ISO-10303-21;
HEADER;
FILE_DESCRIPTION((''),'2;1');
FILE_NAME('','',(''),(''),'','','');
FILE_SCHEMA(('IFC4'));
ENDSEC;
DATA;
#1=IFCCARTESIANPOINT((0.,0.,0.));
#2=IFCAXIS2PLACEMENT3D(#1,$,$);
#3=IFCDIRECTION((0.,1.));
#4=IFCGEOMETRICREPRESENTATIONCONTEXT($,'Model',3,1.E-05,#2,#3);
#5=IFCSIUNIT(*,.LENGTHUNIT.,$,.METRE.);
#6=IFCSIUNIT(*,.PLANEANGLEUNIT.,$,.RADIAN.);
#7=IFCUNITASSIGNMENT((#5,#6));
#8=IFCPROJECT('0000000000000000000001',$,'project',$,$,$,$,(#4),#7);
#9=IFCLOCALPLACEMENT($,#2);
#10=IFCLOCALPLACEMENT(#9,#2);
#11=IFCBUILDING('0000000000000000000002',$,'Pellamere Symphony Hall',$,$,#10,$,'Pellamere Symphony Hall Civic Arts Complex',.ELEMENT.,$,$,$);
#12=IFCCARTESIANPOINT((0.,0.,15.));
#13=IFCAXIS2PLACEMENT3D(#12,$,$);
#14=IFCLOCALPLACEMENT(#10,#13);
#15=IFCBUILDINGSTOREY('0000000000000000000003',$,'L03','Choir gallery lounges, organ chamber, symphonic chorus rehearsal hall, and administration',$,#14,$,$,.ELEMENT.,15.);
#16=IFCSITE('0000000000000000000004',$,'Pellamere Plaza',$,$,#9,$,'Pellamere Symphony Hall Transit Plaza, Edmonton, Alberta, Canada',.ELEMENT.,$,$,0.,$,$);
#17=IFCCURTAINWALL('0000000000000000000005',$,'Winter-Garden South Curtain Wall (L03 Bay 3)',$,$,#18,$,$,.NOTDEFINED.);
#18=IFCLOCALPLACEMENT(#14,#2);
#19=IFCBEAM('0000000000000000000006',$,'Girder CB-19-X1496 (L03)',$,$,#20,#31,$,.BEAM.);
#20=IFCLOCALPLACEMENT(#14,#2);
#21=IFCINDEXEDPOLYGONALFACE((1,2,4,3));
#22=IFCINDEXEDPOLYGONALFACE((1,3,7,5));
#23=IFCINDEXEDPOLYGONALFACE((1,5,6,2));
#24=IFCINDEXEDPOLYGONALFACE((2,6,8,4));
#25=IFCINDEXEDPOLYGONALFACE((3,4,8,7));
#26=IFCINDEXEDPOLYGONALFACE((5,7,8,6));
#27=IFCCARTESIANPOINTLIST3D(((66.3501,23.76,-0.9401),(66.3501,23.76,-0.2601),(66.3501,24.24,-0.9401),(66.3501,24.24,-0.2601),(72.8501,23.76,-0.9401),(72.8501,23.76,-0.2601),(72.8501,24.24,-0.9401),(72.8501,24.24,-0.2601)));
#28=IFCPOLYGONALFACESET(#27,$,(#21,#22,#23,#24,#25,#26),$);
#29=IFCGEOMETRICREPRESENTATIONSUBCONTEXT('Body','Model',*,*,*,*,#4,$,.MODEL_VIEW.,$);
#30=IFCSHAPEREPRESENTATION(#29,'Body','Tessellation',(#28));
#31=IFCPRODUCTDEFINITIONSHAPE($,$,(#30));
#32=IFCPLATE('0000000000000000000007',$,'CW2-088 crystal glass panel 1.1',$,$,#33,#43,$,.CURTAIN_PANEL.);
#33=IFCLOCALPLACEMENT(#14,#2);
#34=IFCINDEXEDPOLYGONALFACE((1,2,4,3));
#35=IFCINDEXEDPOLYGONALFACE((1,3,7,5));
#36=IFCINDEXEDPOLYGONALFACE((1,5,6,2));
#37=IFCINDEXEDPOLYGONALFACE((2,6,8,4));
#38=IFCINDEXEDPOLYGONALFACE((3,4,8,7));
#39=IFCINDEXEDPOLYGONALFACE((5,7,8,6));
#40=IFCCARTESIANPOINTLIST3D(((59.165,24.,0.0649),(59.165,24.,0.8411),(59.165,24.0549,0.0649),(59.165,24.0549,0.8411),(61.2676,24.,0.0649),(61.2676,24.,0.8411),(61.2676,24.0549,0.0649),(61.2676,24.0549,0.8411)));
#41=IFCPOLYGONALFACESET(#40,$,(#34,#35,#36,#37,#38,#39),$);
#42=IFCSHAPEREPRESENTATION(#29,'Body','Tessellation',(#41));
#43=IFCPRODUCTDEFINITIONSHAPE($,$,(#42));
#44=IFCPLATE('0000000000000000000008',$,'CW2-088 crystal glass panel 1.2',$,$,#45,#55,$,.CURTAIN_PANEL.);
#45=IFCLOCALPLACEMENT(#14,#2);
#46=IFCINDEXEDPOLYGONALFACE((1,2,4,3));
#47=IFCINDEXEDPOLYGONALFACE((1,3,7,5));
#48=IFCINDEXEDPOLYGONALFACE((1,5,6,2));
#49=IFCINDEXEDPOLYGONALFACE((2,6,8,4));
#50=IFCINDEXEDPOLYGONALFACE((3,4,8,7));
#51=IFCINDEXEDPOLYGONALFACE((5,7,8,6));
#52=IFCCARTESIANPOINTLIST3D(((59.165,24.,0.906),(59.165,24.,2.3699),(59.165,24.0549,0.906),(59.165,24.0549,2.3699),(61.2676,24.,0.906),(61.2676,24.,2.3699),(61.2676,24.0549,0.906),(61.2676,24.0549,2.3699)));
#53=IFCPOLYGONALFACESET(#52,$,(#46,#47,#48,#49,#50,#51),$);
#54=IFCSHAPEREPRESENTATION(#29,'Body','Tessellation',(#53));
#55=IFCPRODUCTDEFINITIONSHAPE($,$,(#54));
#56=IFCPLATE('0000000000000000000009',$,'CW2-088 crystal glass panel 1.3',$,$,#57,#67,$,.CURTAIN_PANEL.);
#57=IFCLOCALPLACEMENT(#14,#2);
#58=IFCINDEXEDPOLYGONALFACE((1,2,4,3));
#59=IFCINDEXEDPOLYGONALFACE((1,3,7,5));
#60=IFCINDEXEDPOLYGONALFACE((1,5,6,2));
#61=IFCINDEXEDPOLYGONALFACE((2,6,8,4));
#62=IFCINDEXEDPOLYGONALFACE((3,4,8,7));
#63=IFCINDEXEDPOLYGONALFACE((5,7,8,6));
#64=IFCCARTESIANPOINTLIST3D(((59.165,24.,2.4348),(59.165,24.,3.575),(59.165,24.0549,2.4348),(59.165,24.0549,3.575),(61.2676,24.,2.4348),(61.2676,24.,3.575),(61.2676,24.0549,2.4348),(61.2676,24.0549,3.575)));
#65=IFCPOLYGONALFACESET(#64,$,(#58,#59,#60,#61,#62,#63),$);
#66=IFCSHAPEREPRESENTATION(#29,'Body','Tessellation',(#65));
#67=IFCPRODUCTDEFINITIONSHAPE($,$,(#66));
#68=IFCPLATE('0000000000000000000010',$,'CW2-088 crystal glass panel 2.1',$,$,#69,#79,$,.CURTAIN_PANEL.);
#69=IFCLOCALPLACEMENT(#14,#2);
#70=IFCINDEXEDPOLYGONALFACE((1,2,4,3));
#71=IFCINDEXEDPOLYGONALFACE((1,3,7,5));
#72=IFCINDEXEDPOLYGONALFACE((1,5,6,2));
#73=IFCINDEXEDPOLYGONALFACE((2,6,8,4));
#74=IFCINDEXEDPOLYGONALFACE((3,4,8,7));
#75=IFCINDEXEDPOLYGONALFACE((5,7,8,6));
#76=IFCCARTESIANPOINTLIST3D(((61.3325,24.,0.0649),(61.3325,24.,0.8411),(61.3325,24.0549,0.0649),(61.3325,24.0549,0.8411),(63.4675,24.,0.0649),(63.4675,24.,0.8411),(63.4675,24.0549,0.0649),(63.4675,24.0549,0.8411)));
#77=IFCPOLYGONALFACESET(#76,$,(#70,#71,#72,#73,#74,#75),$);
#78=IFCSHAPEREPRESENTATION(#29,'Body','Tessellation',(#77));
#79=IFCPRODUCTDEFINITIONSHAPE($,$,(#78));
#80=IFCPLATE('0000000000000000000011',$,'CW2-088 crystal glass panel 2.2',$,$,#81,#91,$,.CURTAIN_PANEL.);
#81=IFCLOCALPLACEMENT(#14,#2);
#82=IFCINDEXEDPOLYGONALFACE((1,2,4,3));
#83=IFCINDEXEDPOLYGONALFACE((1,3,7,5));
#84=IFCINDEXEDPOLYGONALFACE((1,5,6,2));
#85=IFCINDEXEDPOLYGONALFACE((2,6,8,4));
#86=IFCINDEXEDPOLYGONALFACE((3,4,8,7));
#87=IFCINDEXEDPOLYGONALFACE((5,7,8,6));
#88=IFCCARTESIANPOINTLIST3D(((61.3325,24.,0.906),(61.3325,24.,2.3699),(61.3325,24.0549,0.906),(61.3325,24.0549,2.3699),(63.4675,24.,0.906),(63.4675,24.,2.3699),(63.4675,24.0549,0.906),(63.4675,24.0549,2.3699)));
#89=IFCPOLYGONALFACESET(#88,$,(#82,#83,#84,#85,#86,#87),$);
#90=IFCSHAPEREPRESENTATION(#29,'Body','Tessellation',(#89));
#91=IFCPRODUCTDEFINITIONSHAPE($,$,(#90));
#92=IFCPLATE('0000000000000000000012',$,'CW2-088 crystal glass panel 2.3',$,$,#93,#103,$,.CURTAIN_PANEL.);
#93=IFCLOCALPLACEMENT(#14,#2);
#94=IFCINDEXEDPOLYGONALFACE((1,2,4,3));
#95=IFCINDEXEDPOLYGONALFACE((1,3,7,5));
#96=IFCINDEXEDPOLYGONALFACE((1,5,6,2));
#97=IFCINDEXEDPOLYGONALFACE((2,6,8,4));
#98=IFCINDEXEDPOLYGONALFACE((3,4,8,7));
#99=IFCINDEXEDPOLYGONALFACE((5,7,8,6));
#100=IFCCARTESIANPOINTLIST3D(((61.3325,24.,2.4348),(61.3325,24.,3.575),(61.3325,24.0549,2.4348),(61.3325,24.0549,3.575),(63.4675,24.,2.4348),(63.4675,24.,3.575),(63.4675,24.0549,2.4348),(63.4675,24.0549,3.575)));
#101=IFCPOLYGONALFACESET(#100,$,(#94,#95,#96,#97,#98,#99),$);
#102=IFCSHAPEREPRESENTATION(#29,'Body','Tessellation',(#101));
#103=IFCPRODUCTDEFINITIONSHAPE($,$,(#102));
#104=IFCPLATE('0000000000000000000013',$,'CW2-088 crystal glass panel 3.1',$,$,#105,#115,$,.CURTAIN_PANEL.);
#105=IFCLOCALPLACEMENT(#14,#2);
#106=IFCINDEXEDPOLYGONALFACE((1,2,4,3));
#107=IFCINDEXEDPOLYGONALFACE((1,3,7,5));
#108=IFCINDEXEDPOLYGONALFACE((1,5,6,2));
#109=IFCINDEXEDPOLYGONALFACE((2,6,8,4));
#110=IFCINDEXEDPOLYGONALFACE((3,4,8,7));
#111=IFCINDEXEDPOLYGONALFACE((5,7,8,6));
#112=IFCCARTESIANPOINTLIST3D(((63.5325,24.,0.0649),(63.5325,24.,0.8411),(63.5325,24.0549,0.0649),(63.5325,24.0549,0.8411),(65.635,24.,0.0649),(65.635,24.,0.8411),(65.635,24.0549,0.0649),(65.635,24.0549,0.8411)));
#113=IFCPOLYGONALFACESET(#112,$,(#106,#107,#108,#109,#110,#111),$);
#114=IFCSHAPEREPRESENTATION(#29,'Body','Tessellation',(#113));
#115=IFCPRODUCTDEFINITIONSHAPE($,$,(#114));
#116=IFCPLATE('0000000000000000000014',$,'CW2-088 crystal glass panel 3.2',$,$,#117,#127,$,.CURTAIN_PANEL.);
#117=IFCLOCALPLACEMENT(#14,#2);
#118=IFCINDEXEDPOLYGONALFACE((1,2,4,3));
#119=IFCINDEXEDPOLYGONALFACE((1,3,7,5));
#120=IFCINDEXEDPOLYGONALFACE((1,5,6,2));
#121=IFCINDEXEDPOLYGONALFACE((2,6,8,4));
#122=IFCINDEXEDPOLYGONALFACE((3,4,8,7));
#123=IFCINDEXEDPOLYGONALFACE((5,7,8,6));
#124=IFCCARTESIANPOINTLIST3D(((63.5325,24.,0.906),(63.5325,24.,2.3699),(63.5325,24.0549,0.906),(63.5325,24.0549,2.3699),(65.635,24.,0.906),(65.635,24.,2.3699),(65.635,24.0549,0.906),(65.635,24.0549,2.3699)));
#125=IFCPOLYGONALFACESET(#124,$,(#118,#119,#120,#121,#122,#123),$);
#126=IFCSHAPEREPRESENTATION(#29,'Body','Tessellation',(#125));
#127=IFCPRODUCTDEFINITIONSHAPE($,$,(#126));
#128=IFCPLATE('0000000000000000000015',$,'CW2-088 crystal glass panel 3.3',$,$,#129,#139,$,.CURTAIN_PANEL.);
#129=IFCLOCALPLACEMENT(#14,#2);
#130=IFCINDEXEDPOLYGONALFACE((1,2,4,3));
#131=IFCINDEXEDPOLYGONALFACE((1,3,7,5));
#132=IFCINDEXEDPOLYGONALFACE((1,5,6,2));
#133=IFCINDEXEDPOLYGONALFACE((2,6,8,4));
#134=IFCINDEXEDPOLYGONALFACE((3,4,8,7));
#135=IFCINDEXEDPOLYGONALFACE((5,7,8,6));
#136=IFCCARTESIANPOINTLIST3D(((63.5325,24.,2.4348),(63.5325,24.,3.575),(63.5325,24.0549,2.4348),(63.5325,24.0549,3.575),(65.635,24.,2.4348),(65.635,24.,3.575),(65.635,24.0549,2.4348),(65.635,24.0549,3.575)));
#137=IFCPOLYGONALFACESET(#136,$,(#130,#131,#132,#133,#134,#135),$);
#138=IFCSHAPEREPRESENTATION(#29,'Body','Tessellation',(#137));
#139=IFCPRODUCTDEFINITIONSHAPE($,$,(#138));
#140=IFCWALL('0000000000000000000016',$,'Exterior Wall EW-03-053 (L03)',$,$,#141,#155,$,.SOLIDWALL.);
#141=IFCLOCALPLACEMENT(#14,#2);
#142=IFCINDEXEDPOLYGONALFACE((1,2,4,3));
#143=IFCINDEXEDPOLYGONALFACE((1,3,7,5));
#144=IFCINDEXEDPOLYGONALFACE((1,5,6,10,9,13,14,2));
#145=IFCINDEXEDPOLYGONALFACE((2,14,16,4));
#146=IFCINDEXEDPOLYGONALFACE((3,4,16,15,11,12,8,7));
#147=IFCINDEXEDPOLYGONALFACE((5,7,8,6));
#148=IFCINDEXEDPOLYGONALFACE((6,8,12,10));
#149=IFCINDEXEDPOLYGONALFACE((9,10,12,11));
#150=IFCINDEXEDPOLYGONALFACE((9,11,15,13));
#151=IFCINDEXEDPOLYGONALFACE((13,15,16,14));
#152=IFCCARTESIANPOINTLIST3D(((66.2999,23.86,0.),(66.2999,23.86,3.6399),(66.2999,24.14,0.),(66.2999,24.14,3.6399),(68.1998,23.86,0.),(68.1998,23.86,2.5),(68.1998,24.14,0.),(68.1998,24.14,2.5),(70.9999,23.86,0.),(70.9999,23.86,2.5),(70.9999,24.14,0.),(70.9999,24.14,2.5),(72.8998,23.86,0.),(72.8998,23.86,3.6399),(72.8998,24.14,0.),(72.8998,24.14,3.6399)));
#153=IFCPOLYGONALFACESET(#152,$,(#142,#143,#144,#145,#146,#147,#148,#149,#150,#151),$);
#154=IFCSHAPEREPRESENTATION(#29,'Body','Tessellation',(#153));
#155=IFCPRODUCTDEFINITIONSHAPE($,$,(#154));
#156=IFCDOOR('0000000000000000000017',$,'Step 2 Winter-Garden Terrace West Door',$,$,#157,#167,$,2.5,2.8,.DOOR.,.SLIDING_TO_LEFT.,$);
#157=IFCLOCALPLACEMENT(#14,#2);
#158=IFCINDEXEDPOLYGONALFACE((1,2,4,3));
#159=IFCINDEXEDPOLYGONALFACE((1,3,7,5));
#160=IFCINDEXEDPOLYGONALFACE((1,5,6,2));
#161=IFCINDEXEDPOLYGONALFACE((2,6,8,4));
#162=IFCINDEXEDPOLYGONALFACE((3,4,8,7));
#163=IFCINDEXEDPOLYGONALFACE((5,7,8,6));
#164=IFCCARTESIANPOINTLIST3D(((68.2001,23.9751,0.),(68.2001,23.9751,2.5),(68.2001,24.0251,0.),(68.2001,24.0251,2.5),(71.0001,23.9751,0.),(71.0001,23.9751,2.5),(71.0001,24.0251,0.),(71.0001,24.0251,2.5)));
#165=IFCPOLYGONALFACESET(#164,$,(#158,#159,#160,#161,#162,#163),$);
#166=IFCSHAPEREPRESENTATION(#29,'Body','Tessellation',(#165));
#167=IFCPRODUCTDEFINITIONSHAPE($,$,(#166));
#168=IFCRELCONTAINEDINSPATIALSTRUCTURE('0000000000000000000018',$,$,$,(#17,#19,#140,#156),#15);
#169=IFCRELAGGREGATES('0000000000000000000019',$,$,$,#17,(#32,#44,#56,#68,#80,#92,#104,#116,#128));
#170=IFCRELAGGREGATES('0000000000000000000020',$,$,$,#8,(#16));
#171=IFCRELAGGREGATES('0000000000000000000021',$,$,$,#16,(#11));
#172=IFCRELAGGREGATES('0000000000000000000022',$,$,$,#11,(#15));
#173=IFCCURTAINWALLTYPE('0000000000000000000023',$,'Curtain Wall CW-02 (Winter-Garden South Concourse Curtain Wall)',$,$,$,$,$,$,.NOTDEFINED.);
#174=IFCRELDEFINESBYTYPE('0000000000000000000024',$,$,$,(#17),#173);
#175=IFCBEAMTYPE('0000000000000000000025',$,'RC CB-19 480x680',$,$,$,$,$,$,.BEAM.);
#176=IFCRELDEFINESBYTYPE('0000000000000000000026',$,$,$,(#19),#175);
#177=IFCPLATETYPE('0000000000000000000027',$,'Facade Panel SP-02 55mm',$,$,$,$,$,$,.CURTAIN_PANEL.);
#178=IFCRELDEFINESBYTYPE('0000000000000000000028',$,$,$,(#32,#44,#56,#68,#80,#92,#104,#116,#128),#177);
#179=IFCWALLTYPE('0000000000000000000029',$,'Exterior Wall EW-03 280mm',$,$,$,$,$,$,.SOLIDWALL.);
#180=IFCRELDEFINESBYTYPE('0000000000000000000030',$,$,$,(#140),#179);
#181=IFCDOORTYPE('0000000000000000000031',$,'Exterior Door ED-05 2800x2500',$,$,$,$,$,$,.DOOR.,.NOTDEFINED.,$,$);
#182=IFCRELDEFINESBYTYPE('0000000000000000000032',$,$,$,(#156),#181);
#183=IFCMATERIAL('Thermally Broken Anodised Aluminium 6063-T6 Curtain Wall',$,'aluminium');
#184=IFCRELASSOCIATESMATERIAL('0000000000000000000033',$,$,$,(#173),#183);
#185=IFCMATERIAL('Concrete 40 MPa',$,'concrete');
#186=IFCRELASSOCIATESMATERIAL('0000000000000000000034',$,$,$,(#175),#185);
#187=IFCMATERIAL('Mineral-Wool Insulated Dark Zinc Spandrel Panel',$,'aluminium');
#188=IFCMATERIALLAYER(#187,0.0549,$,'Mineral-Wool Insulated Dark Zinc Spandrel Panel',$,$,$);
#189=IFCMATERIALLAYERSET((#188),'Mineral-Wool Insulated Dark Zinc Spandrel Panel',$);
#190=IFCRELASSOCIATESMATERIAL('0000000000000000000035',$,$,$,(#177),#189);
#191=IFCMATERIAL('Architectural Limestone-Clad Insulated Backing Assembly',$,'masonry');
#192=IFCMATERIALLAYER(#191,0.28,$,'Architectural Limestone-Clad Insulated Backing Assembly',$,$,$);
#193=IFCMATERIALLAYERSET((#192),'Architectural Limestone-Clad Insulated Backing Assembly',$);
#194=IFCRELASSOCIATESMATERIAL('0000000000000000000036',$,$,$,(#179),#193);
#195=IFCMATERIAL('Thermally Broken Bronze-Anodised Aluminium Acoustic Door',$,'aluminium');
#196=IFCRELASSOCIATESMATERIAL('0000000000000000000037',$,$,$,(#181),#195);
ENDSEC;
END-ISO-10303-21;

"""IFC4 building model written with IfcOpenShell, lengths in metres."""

from ifc_helpers import new_model, si_unit, direction, frame, frame_2d, origin, origin_2d, place, context, subcontext, project, spatial, polyline, rectangle, outline, extrude, material, layer, layer_set, material_profile, profile_set, type_object, element, fill, aggregate, save


model = new_model("IFC4")

# Units and contexts
model_context = context("Model", 3, precision=1e-05, world=origin(), true_north=direction((0.0, 1.0)))
body_context = subcontext(model_context, "Body", "Model", "MODEL_VIEW")
ifc_project = project(units=[si_unit("LENGTHUNIT", "METRE"), si_unit("PLANEANGLEUNIT", "RADIAN")], contexts=[model_context])

# Site, building, storey
site_placement = place(None, origin())
site = spatial("IfcSite", under=ifc_project, at=site_placement, Name="Pellamere Plaza", LongName="Pellamere Symphony Hall Transit Plaza, Edmonton, Alberta, Canada", CompositionType="ELEMENT", RefElevation=0.0)
building_placement = place(site_placement, origin())
building = spatial("IfcBuilding", under=site, at=building_placement, Name="Pellamere Symphony Hall", LongName="Pellamere Symphony Hall Civic Arts Complex", CompositionType="ELEMENT")
storey_placement = place(building_placement, frame((0.0, 0.0, 15.0)))
storey = spatial("IfcBuildingStorey", under=building, at=storey_placement, Name="L03", Description="Choir gallery lounges, organ chamber, symphonic chorus rehearsal hall, and administration", CompositionType="ELEMENT", Elevation=15.0)

# Shared definitions
ifc_material_1 = material(Name="Concrete 40 MPa", Category="concrete")

# Curtain wall
ifc_material_2 = material(Name="Thermally Broken Anodised Aluminium 6063-T6 Curtain Wall", Category="aluminium")
curtain_wall_type = type_object("IfcCurtainWallType", Name="Curtain Wall CW-02 (Winter-Garden South Concourse Curtain Wall)", PredefinedType="NOTDEFINED", material=ifc_material_2)
curtain_wall_placement = place(storey_placement, origin())
curtain_wall = element("IfcCurtainWall", 1, at=curtain_wall_placement, inside=storey, type_object=curtain_wall_type, Name="Winter-Garden South Curtain Wall (L03 Bay 3)", PredefinedType="NOTDEFINED")

# Beam
ifc_material_profile_1 = material_profile(ifc_material_1, rectangle(XDim=0.48, YDim=0.6799, at=origin_2d()), Name="RC 480x680")
ifc_profile_set_1 = profile_set([ifc_material_profile_1], Name="Concrete 40 MPa")
beam_type = type_object("IfcBeamType", Name="RC CB-19 480x680", PredefinedType="BEAM", material=ifc_profile_set_1)
for number, where, z_axis, x_axis, name in (
    (2, (66.3501, 24.0, -0.6001), (1.0, 0.0, 0.0), (0.0, 1.0, 0.0), "Girder CB-19-X1496 (L03)"),
):
    element("IfcBeam", number, at=place(storey_placement, frame(where, z_axis=z_axis, x_axis=x_axis)), inside=storey, type_object=beam_type, Name=name, PredefinedType="BEAM", context=body_context, shape_type="SweptSolid", body=[
        extrude(rectangle(XDim=0.48, YDim=0.6799, at=origin_2d()), origin(), (0.0, 0.0, 1.0), 6.5),
    ])

# Plates
ifc_material_3 = material(Name="Mineral-Wool Insulated Dark Zinc Spandrel Panel", Category="aluminium")
ifc_layer_1 = layer(ifc_material_3, 0.0549, Name="Mineral-Wool Insulated Dark Zinc Spandrel Panel")
ifc_layer_set_1 = layer_set([ifc_layer_1], Name="Mineral-Wool Insulated Dark Zinc Spandrel Panel")
plate_type = type_object("IfcPlateType", Name="Facade Panel SP-02 55mm", PredefinedType="CURTAIN_PANEL", material=ifc_layer_set_1)
plate_1_placement = place(storey_placement, frame((59.165, 24.0, 0.0649), z_axis=(0.0, -1.0, 0.0), x_axis=(1.0, 0.0, 0.0)))
plate_1 = element("IfcPlate", 3, at=plate_1_placement, type_object=plate_type, Name="CW2-088 crystal glass panel 1.1", PredefinedType="CURTAIN_PANEL", context=body_context, shape_type="SweptSolid", body=[
    extrude(outline(polyline([(0.0, 0.0), (2.1025, 0.0), (2.1025, 0.7761), (0.0, 0.7761), (0.0, 0.0)])), origin(), (0.0, 0.0, -1.0), 0.0549),
])
plate_2_placement = place(storey_placement, frame((59.165, 24.0, 0.906), z_axis=(0.0, -1.0, 0.0), x_axis=(1.0, 0.0, 0.0)))
plate_2 = element("IfcPlate", 4, at=plate_2_placement, type_object=plate_type, Name="CW2-088 crystal glass panel 1.2", PredefinedType="CURTAIN_PANEL", context=body_context, shape_type="SweptSolid", body=[
    extrude(outline(polyline([(0.0, 0.0), (2.1025, 0.0), (2.1025, 1.4639), (0.0, 1.4639), (0.0, 0.0)])), origin(), (0.0, 0.0, -1.0), 0.0549),
])
plate_3_placement = place(storey_placement, frame((59.165, 24.0, 2.4348), z_axis=(0.0, -1.0, 0.0), x_axis=(1.0, 0.0, 0.0)))
plate_3 = element("IfcPlate", 5, at=plate_3_placement, type_object=plate_type, Name="CW2-088 crystal glass panel 1.3", PredefinedType="CURTAIN_PANEL", context=body_context, shape_type="SweptSolid", body=[
    extrude(outline(polyline([(0.0, 0.0), (2.1025, 0.0), (2.1025, 1.1401), (0.0, 1.1401), (0.0, 0.0)])), origin(), (0.0, 0.0, -1.0), 0.0549),
])
plate_4_placement = place(storey_placement, frame((61.3325, 24.0, 0.0649), z_axis=(0.0, -1.0, 0.0), x_axis=(1.0, 0.0, 0.0)))
plate_4 = element("IfcPlate", 6, at=plate_4_placement, type_object=plate_type, Name="CW2-088 crystal glass panel 2.1", PredefinedType="CURTAIN_PANEL", context=body_context, shape_type="SweptSolid", body=[
    extrude(outline(polyline([(0.0, 0.0), (2.135, 0.0), (2.135, 0.7761), (0.0, 0.7761), (0.0, 0.0)])), origin(), (0.0, 0.0, -1.0), 0.0549),
])
plate_5_placement = place(storey_placement, frame((61.3325, 24.0, 0.906), z_axis=(0.0, -1.0, 0.0), x_axis=(1.0, 0.0, 0.0)))
plate_5 = element("IfcPlate", 7, at=plate_5_placement, type_object=plate_type, Name="CW2-088 crystal glass panel 2.2", PredefinedType="CURTAIN_PANEL", context=body_context, shape_type="SweptSolid", body=[
    extrude(outline(polyline([(0.0, 0.0), (2.135, 0.0), (2.135, 1.4639), (0.0, 1.4639), (0.0, 0.0)])), origin(), (0.0, 0.0, -1.0), 0.0549),
])
plate_6_placement = place(storey_placement, frame((61.3325, 24.0, 2.4348), z_axis=(0.0, -1.0, 0.0), x_axis=(1.0, 0.0, 0.0)))
plate_6 = element("IfcPlate", 8, at=plate_6_placement, type_object=plate_type, Name="CW2-088 crystal glass panel 2.3", PredefinedType="CURTAIN_PANEL", context=body_context, shape_type="SweptSolid", body=[
    extrude(outline(polyline([(0.0, 0.0), (2.135, 0.0), (2.135, 1.1401), (0.0, 1.1401), (0.0, 0.0)])), origin(), (0.0, 0.0, -1.0), 0.0549),
])
plate_7_placement = place(storey_placement, frame((63.5325, 24.0, 0.0649), z_axis=(0.0, -1.0, 0.0), x_axis=(1.0, 0.0, 0.0)))
plate_7 = element("IfcPlate", 9, at=plate_7_placement, type_object=plate_type, Name="CW2-088 crystal glass panel 3.1", PredefinedType="CURTAIN_PANEL", context=body_context, shape_type="SweptSolid", body=[
    extrude(outline(polyline([(0.0, 0.0), (2.1025, 0.0), (2.1025, 0.7761), (0.0, 0.7761), (0.0, 0.0)])), origin(), (0.0, 0.0, -1.0), 0.0549),
])
plate_8_placement = place(storey_placement, frame((63.5325, 24.0, 0.906), z_axis=(0.0, -1.0, 0.0), x_axis=(1.0, 0.0, 0.0)))
plate_8 = element("IfcPlate", 10, at=plate_8_placement, type_object=plate_type, Name="CW2-088 crystal glass panel 3.2", PredefinedType="CURTAIN_PANEL", context=body_context, shape_type="SweptSolid", body=[
    extrude(outline(polyline([(0.0, 0.0), (2.1025, 0.0), (2.1025, 1.4639), (0.0, 1.4639), (0.0, 0.0)])), origin(), (0.0, 0.0, -1.0), 0.0549),
])
plate_9_placement = place(storey_placement, frame((63.5325, 24.0, 2.4348), z_axis=(0.0, -1.0, 0.0), x_axis=(1.0, 0.0, 0.0)))
plate_9 = element("IfcPlate", 11, at=plate_9_placement, type_object=plate_type, Name="CW2-088 crystal glass panel 3.3", PredefinedType="CURTAIN_PANEL", context=body_context, shape_type="SweptSolid", body=[
    extrude(outline(polyline([(0.0, 0.0), (2.1025, 0.0), (2.1025, 1.1401), (0.0, 1.1401), (0.0, 0.0)])), origin(), (0.0, 0.0, -1.0), 0.0549),
])
aggregate(curtain_wall, [plate_1, plate_2, plate_3, plate_4, plate_5, plate_6, plate_7, plate_8, plate_9])

# Wall, opening, door
ifc_material_4 = material(Name="Architectural Limestone-Clad Insulated Backing Assembly", Category="masonry")
ifc_layer_2 = layer(ifc_material_4, 0.28, Name="Architectural Limestone-Clad Insulated Backing Assembly")
ifc_layer_set_2 = layer_set([ifc_layer_2], Name="Architectural Limestone-Clad Insulated Backing Assembly")
wall_type = type_object("IfcWallType", Name="Exterior Wall EW-03 280mm", PredefinedType="SOLIDWALL", material=ifc_layer_set_2)
wall_placement = place(storey_placement, frame((66.3, 24.0, 0.0), z_axis=(0.0, 0.0, 1.0), x_axis=(1.0, 0.0, 0.0)))
wall = element("IfcWall", 12, at=wall_placement, inside=storey, type_object=wall_type, Name="Exterior Wall EW-03-053 (L03)", PredefinedType="SOLIDWALL", context=body_context, shape_type="SweptSolid", body=[
    extrude(rectangle(XDim=6.5999, YDim=0.28, at=frame_2d((3.2998, 0.0))), origin(), (0.0, 0.0, 1.0), 3.6399),
])
opening_placement = place(wall_placement, frame((1.8999, 0.0, 0.0)))
opening = element("IfcOpeningElement", 13, at=opening_placement, cuts=wall, PredefinedType="OPENING", context=body_context, shape_type="SweptSolid", body=[
    extrude(rectangle(XDim=2.8, YDim=2.5, at=frame_2d((1.3999, 1.25))), frame((0.0, 0.1499, 0.0), z_axis=(0.0, -1.0, 0.0), x_axis=(1.0, 0.0, 0.0)), (0.0, 0.0, 1.0), 0.3),
])
ifc_material_5 = material(Name="Thermally Broken Bronze-Anodised Aluminium Acoustic Door", Category="aluminium")
door_type = type_object("IfcDoorType", Name="Exterior Door ED-05 2800x2500", OperationType="NOTDEFINED", PredefinedType="DOOR", material=ifc_material_5)
door_placement = place(opening_placement, frame((2.8, 0.0, 0.0), z_axis=(0.0, 0.0, 1.0), x_axis=(-1.0, 0.0, 0.0)))
door = element("IfcDoor", 14, at=door_placement, inside=storey, type_object=door_type, Name="Step 2 Winter-Garden Terrace West Door", OperationType="SLIDING_TO_LEFT", OverallHeight=2.5, OverallWidth=2.8, PredefinedType="DOOR", context=body_context, shape_type="SweptSolid", body=[
    extrude(rectangle(XDim=2.8, YDim=2.5, at=frame_2d((1.3999, 1.25))), frame((0.0, 0.0249, 0.0), z_axis=(0.0, -1.0, 0.0), x_axis=(1.0, 0.0, 0.0)), (0.0, 0.0, 1.0), 0.05),
])
fill(opening, door)

save(model, "model.ifc")
